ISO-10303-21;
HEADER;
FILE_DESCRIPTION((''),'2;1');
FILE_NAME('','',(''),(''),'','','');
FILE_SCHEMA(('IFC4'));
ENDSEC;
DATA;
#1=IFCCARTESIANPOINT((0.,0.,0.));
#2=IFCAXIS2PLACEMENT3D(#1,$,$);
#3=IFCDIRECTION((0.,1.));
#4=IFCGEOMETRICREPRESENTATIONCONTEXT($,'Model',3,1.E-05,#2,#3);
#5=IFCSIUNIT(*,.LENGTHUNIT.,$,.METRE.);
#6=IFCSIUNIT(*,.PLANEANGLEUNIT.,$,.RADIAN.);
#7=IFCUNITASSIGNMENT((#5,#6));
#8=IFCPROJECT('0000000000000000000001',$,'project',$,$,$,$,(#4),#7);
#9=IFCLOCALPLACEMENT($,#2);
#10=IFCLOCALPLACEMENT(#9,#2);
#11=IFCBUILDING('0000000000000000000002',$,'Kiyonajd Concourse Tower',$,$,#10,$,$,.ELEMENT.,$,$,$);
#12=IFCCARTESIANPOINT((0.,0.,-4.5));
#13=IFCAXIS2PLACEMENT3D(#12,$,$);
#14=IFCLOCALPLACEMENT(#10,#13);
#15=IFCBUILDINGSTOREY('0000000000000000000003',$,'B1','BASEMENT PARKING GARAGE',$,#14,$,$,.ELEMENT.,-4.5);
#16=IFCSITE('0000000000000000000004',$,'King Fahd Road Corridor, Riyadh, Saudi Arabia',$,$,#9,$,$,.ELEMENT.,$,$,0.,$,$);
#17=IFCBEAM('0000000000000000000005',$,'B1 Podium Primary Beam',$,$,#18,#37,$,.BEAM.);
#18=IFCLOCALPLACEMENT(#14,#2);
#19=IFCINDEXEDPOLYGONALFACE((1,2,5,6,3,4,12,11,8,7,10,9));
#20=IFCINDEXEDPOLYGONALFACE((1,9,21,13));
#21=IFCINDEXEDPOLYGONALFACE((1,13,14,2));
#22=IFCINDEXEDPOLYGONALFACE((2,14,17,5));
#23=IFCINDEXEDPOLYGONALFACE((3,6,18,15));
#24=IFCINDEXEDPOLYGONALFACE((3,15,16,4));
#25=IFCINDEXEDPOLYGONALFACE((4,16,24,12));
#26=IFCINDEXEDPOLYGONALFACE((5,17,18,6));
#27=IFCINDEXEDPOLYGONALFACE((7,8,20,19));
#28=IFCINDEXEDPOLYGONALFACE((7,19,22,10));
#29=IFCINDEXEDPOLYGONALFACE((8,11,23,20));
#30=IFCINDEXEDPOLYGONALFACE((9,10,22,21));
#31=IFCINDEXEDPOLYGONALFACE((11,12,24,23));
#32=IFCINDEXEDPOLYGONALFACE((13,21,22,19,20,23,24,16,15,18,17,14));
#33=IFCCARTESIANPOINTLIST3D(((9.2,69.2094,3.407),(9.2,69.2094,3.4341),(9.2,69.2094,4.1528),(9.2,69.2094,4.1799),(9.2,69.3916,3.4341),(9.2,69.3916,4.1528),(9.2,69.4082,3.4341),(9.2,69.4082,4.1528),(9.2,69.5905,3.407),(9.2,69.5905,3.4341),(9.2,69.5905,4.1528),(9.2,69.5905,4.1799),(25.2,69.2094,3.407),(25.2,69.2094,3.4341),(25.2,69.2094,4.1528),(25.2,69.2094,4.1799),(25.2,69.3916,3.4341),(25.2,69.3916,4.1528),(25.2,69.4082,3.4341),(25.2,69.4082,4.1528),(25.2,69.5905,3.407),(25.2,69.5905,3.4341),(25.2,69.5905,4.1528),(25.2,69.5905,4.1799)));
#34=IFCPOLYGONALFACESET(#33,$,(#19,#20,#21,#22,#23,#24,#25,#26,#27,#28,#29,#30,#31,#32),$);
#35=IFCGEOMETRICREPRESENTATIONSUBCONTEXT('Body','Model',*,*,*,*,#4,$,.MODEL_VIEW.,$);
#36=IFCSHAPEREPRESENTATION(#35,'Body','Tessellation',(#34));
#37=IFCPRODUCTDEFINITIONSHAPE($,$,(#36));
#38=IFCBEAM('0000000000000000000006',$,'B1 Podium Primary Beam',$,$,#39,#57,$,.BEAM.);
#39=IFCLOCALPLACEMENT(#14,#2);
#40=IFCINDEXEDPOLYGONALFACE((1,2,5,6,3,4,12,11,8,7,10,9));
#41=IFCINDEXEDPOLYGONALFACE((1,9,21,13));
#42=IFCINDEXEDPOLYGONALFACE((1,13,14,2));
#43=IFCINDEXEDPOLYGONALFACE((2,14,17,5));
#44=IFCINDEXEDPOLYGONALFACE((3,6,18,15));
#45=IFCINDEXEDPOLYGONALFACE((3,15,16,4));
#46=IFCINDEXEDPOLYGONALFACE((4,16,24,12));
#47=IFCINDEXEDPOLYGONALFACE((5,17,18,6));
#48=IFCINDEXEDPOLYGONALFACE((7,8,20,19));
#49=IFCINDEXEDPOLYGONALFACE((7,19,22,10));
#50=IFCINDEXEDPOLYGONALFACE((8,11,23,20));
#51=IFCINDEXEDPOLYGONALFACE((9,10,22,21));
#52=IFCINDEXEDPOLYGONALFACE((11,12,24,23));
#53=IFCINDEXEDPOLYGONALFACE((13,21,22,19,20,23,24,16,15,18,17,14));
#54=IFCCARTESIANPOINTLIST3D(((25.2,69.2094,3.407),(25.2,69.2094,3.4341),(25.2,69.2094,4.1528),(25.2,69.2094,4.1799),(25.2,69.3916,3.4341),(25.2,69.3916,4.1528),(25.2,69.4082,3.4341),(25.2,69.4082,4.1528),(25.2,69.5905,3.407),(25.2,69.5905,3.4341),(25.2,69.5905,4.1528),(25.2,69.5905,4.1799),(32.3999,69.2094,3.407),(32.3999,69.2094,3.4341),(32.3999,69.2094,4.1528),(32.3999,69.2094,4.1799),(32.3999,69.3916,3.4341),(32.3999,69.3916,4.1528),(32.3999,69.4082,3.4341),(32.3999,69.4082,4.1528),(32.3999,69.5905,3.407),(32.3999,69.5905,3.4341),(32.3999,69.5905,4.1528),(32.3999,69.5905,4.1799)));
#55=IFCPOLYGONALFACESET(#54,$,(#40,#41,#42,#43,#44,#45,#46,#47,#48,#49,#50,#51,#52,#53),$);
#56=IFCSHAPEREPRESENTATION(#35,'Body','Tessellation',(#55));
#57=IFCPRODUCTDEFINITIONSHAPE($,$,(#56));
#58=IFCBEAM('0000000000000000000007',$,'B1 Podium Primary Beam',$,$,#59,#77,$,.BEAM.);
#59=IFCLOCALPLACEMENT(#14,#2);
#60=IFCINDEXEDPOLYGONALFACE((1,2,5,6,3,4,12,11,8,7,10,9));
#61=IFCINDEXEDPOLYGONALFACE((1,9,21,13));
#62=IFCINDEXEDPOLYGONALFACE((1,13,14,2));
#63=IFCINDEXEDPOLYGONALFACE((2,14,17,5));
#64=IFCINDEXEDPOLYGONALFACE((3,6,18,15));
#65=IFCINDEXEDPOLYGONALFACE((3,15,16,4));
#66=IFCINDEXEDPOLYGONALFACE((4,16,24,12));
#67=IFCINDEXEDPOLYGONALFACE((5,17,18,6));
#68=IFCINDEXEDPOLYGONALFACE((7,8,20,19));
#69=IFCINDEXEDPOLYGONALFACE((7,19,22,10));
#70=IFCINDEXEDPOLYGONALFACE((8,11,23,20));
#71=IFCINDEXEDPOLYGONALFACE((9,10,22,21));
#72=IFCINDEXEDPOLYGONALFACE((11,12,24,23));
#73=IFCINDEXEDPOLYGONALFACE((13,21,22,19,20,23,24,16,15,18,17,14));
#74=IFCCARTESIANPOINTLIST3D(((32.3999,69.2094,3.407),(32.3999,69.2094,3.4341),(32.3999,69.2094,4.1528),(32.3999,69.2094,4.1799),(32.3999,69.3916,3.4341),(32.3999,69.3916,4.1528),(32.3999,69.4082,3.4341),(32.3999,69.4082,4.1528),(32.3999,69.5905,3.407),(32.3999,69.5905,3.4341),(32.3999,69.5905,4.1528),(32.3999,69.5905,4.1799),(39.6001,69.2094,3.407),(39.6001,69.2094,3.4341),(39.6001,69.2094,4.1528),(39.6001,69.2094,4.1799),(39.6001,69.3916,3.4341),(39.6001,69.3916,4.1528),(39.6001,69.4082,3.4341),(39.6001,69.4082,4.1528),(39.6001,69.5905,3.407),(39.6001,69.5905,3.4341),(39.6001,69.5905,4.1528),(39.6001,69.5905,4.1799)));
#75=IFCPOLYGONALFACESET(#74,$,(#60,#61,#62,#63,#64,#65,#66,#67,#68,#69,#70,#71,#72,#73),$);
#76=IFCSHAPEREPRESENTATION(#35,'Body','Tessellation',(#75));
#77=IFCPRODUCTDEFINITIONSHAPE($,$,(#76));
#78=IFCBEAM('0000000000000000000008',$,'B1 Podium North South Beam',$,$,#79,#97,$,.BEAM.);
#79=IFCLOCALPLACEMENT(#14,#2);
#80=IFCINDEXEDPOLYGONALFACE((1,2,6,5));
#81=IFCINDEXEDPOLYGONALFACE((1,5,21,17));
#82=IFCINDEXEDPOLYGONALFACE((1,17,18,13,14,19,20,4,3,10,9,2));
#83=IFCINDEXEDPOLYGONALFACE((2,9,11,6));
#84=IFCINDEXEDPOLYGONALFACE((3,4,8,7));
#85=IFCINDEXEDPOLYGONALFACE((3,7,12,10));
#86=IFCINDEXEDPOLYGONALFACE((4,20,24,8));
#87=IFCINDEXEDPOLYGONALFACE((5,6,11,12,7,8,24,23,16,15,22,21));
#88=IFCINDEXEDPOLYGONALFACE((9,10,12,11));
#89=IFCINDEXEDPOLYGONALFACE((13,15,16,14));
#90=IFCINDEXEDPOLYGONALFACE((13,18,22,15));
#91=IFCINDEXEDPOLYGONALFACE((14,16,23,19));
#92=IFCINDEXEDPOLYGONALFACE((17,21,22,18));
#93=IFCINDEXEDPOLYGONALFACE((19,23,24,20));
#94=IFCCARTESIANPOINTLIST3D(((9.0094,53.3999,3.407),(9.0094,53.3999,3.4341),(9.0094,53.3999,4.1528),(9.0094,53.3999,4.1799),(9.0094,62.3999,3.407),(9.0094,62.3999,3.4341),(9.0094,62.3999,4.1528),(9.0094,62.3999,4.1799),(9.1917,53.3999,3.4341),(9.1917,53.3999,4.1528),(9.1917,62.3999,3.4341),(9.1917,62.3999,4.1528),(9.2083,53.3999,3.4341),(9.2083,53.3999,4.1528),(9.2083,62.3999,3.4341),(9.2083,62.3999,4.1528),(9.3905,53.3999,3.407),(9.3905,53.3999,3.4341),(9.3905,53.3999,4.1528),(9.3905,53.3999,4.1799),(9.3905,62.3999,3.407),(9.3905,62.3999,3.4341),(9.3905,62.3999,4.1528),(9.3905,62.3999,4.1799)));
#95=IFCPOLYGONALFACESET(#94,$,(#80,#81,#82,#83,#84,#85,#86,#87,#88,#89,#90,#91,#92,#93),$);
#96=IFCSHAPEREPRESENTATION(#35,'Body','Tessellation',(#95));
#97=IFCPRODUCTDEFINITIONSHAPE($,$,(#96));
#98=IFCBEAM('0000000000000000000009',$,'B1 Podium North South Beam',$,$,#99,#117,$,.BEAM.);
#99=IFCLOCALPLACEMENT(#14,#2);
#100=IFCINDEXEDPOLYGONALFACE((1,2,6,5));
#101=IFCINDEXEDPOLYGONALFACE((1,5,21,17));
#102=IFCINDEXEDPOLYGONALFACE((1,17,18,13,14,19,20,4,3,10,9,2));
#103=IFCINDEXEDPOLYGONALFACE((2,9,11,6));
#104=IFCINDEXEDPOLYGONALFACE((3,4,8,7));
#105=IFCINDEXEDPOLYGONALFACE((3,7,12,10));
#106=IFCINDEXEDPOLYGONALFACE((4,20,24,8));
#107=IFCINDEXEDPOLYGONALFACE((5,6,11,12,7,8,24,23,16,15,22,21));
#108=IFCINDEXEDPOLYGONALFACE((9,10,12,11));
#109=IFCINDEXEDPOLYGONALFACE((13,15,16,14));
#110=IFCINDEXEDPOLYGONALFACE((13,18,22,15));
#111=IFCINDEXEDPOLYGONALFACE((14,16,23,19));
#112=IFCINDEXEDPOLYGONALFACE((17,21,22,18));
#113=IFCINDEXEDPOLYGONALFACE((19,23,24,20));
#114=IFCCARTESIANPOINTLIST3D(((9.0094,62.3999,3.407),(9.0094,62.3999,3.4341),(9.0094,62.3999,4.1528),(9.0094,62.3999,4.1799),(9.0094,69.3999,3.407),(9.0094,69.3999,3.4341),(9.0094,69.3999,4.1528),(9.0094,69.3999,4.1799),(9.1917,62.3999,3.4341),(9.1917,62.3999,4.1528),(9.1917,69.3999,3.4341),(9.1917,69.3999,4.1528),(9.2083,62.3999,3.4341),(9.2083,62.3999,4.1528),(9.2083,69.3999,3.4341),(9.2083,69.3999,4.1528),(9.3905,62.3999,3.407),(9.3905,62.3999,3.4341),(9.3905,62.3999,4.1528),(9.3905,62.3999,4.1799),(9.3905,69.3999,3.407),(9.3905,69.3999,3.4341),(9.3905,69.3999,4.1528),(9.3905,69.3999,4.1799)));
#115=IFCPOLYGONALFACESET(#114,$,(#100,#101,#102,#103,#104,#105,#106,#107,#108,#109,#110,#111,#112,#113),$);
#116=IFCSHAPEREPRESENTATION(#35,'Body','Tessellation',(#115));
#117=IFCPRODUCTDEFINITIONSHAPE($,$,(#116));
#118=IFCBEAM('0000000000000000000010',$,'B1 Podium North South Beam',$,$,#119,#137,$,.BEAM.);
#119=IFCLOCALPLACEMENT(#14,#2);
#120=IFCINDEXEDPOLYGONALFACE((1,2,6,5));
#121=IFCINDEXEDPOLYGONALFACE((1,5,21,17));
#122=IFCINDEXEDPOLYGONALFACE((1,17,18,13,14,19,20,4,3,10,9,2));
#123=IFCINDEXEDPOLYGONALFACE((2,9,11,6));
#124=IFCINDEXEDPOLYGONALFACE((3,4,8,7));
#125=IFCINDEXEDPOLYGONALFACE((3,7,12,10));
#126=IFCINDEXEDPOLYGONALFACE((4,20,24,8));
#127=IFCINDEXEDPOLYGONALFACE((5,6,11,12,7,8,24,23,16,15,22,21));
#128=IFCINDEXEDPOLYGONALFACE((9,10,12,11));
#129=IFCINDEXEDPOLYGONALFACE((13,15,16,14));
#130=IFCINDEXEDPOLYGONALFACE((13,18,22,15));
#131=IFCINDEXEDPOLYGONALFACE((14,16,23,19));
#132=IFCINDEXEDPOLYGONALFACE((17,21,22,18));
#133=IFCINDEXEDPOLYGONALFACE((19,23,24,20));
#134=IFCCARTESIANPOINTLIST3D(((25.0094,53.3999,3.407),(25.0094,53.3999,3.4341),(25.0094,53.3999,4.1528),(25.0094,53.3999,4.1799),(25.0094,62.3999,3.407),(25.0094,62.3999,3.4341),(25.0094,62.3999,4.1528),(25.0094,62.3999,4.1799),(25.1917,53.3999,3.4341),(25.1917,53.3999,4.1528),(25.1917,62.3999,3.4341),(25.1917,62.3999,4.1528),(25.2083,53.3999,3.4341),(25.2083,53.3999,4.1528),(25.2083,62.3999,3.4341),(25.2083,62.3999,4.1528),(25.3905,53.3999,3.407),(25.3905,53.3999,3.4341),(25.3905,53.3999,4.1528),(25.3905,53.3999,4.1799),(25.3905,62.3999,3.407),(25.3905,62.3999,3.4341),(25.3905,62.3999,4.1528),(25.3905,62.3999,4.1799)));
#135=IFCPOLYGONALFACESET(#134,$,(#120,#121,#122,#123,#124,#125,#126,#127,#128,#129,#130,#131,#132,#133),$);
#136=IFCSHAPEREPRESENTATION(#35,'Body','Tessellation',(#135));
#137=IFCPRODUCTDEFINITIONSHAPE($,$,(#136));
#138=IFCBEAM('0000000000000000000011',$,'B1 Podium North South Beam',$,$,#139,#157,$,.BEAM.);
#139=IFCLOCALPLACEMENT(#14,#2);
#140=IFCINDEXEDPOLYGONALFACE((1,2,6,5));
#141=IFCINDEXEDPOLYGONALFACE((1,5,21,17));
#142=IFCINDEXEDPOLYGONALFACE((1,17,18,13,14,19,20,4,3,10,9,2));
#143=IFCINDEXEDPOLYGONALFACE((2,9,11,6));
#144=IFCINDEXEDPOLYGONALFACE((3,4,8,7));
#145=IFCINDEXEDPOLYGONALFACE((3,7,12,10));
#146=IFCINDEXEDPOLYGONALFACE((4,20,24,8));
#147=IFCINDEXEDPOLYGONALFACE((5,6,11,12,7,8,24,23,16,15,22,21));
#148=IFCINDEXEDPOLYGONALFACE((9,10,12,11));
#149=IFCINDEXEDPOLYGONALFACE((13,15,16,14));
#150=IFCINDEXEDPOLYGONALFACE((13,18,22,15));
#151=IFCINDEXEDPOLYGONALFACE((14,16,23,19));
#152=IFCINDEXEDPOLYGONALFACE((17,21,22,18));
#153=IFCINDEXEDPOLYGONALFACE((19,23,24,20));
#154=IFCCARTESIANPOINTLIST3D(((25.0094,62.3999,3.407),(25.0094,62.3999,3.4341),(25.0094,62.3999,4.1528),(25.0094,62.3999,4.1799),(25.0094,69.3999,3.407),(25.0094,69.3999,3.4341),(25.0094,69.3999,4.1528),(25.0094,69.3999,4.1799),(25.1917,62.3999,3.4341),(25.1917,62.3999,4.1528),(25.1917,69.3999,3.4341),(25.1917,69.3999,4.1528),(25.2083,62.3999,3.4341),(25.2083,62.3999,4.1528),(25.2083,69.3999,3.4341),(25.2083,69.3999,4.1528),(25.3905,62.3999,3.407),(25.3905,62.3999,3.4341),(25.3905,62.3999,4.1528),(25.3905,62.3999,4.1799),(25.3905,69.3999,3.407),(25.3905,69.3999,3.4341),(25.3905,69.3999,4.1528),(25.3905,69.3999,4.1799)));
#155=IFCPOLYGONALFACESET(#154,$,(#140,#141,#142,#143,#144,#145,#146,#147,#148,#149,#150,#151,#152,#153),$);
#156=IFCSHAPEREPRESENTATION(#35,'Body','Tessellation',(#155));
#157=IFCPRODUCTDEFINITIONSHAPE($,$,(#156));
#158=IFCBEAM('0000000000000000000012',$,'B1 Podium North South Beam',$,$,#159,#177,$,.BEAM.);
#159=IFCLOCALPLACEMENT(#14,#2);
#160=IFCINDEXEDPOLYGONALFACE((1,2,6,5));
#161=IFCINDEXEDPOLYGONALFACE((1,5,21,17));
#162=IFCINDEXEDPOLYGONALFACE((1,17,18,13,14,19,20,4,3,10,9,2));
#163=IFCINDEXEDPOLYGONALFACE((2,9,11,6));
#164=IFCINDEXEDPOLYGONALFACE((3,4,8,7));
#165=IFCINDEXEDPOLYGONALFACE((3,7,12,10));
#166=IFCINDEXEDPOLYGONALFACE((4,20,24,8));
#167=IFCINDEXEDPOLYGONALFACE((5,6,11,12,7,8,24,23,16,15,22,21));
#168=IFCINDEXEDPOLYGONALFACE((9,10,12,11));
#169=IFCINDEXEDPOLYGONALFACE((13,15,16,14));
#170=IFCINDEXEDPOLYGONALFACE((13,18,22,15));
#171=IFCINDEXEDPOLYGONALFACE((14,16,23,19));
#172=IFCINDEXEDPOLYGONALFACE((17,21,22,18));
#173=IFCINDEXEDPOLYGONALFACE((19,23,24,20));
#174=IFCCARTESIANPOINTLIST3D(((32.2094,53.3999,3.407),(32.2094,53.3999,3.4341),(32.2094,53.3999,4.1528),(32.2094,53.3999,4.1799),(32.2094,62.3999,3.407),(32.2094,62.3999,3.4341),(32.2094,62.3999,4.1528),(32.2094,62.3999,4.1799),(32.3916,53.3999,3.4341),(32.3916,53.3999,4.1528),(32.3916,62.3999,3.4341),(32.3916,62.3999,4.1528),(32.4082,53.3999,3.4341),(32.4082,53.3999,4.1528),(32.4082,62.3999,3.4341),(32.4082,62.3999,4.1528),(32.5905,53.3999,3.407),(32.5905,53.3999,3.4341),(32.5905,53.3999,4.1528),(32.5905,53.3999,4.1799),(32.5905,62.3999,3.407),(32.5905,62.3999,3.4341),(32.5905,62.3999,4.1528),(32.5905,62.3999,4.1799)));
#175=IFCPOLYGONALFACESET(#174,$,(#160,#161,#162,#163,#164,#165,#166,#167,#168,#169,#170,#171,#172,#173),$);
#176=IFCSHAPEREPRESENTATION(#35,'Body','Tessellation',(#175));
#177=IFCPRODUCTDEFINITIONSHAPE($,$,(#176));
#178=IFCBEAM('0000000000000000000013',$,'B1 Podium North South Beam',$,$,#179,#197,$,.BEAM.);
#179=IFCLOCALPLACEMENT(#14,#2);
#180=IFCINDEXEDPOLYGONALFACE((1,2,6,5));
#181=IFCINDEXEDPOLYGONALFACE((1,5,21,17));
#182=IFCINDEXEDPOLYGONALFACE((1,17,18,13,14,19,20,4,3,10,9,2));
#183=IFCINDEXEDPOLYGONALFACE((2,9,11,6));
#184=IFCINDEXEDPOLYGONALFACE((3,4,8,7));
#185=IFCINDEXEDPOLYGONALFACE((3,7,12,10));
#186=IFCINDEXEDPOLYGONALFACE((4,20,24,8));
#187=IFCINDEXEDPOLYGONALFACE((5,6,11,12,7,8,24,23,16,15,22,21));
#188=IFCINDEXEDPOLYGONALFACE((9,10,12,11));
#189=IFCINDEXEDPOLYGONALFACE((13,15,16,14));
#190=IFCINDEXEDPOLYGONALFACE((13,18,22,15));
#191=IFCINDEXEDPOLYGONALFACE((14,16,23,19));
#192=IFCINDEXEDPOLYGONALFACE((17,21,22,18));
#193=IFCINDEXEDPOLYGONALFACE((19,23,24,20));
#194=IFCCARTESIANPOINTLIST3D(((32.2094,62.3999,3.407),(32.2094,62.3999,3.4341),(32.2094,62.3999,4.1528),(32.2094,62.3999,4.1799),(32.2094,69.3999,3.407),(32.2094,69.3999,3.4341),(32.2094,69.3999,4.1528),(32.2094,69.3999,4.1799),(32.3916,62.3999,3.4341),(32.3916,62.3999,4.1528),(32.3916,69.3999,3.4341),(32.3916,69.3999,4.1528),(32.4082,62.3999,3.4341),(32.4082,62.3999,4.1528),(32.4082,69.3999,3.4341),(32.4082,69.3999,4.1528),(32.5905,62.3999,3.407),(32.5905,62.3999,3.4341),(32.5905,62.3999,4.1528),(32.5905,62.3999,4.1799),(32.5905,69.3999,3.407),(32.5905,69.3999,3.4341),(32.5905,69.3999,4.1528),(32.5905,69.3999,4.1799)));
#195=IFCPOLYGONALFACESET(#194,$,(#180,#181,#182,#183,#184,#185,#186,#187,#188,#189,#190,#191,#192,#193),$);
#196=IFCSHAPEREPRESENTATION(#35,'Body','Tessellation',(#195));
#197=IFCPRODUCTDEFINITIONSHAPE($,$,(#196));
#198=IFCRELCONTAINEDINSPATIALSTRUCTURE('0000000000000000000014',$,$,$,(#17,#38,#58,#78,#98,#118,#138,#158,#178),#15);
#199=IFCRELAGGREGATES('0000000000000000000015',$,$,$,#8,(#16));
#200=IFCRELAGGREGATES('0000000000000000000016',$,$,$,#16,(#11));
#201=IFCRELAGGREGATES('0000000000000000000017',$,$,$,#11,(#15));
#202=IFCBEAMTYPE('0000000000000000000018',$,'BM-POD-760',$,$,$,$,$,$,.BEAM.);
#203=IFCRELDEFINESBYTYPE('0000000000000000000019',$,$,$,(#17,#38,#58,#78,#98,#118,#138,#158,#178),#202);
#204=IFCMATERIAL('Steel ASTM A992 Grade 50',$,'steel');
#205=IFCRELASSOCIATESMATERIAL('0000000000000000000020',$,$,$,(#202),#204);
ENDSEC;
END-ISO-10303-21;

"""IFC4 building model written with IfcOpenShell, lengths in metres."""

from ifc_helpers import new_model, si_unit, direction, frame, origin, origin_2d, place, context, subcontext, project, spatial, i_section, extrude, material, material_profile, profile_set, type_object, element, save


model = new_model("IFC4")

# Units and contexts
model_context = context("Model", 3, precision=1e-05, world=origin(), true_north=direction((0.0, 1.0)))
body_context = subcontext(model_context, "Body", "Model", "MODEL_VIEW")
ifc_project = project(units=[si_unit("LENGTHUNIT", "METRE"), si_unit("PLANEANGLEUNIT", "RADIAN")], contexts=[model_context])

# Site, building, storey
site_placement = place(None, origin())
site = spatial("IfcSite", under=ifc_project, at=site_placement, Name="King Fahd Road Corridor, Riyadh, Saudi Arabia", CompositionType="ELEMENT", RefElevation=0.0)
building_placement = place(site_placement, origin())
building = spatial("IfcBuilding", under=site, at=building_placement, Name="Kiyonajd Concourse Tower", CompositionType="ELEMENT")
storey_placement = place(building_placement, frame((0.0, 0.0, -4.5)))
storey = spatial("IfcBuildingStorey", under=building, at=storey_placement, Name="B1", Description="BASEMENT PARKING GARAGE", CompositionType="ELEMENT", Elevation=-4.5)

# Beams
ifc_material_1 = material(Name="Steel ASTM A992 Grade 50", Category="steel")
ifc_material_profile_1 = material_profile(ifc_material_1, i_section(OverallWidth=0.3811, OverallDepth=0.7729, WebThickness=0.0166, FlangeThickness=0.0271, at=origin_2d()), Name="W760X257")
ifc_profile_set_1 = profile_set([ifc_material_profile_1], Name="Steel ASTM A992 Grade 50")
beam_type = type_object("IfcBeamType", Name="BM-POD-760", PredefinedType="BEAM", material=ifc_profile_set_1)
beam_1_placement = place(storey_placement, frame((9.2, 69.3999, 3.7935), z_axis=(1.0, 0.0, 0.0), x_axis=(0.0, 1.0, 0.0)))
element("IfcBeam", 1, at=beam_1_placement, inside=storey, type_object=beam_type, Name="B1 Podium Primary Beam", PredefinedType="BEAM", context=body_context, shape_type="SweptSolid", body=[
    extrude(i_section(OverallWidth=0.3811, OverallDepth=0.7729, WebThickness=0.0166, FlangeThickness=0.0271, at=origin_2d()), origin(), (0.0, 0.0, 1.0), 16.0),
])
beam_2_placement = place(storey_placement, frame((25.2, 69.3999, 3.7935), z_axis=(1.0, 0.0, 0.0), x_axis=(0.0, 1.0, 0.0)))
element("IfcBeam", 2, at=beam_2_placement, inside=storey, type_object=beam_type, Name="B1 Podium Primary Beam", PredefinedType="BEAM", context=body_context, shape_type="SweptSolid", body=[
    extrude(i_section(OverallWidth=0.3811, OverallDepth=0.7729, WebThickness=0.0166, FlangeThickness=0.0271, at=origin_2d()), origin(), (0.0, 0.0, 1.0), 7.2),
])
beam_3_placement = place(storey_placement, frame((32.3999, 69.3999, 3.7935), z_axis=(1.0, 0.0, 0.0), x_axis=(0.0, 1.0, 0.0)))
element("IfcBeam", 3, at=beam_3_placement, inside=storey, type_object=beam_type, Name="B1 Podium Primary Beam", PredefinedType="BEAM", context=body_context, shape_type="SweptSolid", body=[
    extrude(i_section(OverallWidth=0.3811, OverallDepth=0.7729, WebThickness=0.0166, FlangeThickness=0.0271, at=origin_2d()), origin(), (0.0, 0.0, 1.0), 7.2002),
])
beam_4_placement = place(storey_placement, frame((9.2, 53.3999, 3.7935), z_axis=(0.0, 1.0, 0.0), x_axis=(-1.0, 0.0, 0.0)))
element("IfcBeam", 4, at=beam_4_placement, inside=storey, type_object=beam_type, Name="B1 Podium North South Beam", PredefinedType="BEAM", context=body_context, shape_type="SweptSolid", body=[
    extrude(i_section(OverallWidth=0.3811, OverallDepth=0.7729, WebThickness=0.0166, FlangeThickness=0.0271, at=origin_2d()), origin(), (0.0, 0.0, 1.0), 9.0),
])
beam_5_placement = place(storey_placement, frame((9.2, 62.3999, 3.7935), z_axis=(0.0, 1.0, 0.0), x_axis=(-1.0, 0.0, 0.0)))
element("IfcBeam", 5, at=beam_5_placement, inside=storey, type_object=beam_type, Name="B1 Podium North South Beam", PredefinedType="BEAM", context=body_context, shape_type="SweptSolid", body=[
    extrude(i_section(OverallWidth=0.3811, OverallDepth=0.7729, WebThickness=0.0166, FlangeThickness=0.0271, at=origin_2d()), origin(), (0.0, 0.0, 1.0), 7.0),
])
beam_6_placement = place(storey_placement, frame((25.2, 53.3999, 3.7935), z_axis=(0.0, 1.0, 0.0), x_axis=(-1.0, 0.0, 0.0)))
element("IfcBeam", 6, at=beam_6_placement, inside=storey, type_object=beam_type, Name="B1 Podium North South Beam", PredefinedType="BEAM", context=body_context, shape_type="SweptSolid", body=[
    extrude(i_section(OverallWidth=0.3811, OverallDepth=0.7729, WebThickness=0.0166, FlangeThickness=0.0271, at=origin_2d()), origin(), (0.0, 0.0, 1.0), 9.0),
])
beam_7_placement = place(storey_placement, frame((25.2, 62.3999, 3.7935), z_axis=(0.0, 1.0, 0.0), x_axis=(-1.0, 0.0, 0.0)))
element("IfcBeam", 7, at=beam_7_placement, inside=storey, type_object=beam_type, Name="B1 Podium North South Beam", PredefinedType="BEAM", context=body_context, shape_type="SweptSolid", body=[
    extrude(i_section(OverallWidth=0.3811, OverallDepth=0.7729, WebThickness=0.0166, FlangeThickness=0.0271, at=origin_2d()), origin(), (0.0, 0.0, 1.0), 7.0),
])
beam_8_placement = place(storey_placement, frame((32.3999, 53.3999, 3.7935), z_axis=(0.0, 1.0, 0.0), x_axis=(-1.0, 0.0, 0.0)))
element("IfcBeam", 8, at=beam_8_placement, inside=storey, type_object=beam_type, Name="B1 Podium North South Beam", PredefinedType="BEAM", context=body_context, shape_type="SweptSolid", body=[
    extrude(i_section(OverallWidth=0.3811, OverallDepth=0.7729, WebThickness=0.0166, FlangeThickness=0.0271, at=origin_2d()), origin(), (0.0, 0.0, 1.0), 9.0),
])
beam_9_placement = place(storey_placement, frame((32.3999, 62.3999, 3.7935), z_axis=(0.0, 1.0, 0.0), x_axis=(-1.0, 0.0, 0.0)))
element("IfcBeam", 9, at=beam_9_placement, inside=storey, type_object=beam_type, Name="B1 Podium North South Beam", PredefinedType="BEAM", context=body_context, shape_type="SweptSolid", body=[
    extrude(i_section(OverallWidth=0.3811, OverallDepth=0.7729, WebThickness=0.0166, FlangeThickness=0.0271, at=origin_2d()), origin(), (0.0, 0.0, 1.0), 7.0),
])

save(model, "model.ifc")
